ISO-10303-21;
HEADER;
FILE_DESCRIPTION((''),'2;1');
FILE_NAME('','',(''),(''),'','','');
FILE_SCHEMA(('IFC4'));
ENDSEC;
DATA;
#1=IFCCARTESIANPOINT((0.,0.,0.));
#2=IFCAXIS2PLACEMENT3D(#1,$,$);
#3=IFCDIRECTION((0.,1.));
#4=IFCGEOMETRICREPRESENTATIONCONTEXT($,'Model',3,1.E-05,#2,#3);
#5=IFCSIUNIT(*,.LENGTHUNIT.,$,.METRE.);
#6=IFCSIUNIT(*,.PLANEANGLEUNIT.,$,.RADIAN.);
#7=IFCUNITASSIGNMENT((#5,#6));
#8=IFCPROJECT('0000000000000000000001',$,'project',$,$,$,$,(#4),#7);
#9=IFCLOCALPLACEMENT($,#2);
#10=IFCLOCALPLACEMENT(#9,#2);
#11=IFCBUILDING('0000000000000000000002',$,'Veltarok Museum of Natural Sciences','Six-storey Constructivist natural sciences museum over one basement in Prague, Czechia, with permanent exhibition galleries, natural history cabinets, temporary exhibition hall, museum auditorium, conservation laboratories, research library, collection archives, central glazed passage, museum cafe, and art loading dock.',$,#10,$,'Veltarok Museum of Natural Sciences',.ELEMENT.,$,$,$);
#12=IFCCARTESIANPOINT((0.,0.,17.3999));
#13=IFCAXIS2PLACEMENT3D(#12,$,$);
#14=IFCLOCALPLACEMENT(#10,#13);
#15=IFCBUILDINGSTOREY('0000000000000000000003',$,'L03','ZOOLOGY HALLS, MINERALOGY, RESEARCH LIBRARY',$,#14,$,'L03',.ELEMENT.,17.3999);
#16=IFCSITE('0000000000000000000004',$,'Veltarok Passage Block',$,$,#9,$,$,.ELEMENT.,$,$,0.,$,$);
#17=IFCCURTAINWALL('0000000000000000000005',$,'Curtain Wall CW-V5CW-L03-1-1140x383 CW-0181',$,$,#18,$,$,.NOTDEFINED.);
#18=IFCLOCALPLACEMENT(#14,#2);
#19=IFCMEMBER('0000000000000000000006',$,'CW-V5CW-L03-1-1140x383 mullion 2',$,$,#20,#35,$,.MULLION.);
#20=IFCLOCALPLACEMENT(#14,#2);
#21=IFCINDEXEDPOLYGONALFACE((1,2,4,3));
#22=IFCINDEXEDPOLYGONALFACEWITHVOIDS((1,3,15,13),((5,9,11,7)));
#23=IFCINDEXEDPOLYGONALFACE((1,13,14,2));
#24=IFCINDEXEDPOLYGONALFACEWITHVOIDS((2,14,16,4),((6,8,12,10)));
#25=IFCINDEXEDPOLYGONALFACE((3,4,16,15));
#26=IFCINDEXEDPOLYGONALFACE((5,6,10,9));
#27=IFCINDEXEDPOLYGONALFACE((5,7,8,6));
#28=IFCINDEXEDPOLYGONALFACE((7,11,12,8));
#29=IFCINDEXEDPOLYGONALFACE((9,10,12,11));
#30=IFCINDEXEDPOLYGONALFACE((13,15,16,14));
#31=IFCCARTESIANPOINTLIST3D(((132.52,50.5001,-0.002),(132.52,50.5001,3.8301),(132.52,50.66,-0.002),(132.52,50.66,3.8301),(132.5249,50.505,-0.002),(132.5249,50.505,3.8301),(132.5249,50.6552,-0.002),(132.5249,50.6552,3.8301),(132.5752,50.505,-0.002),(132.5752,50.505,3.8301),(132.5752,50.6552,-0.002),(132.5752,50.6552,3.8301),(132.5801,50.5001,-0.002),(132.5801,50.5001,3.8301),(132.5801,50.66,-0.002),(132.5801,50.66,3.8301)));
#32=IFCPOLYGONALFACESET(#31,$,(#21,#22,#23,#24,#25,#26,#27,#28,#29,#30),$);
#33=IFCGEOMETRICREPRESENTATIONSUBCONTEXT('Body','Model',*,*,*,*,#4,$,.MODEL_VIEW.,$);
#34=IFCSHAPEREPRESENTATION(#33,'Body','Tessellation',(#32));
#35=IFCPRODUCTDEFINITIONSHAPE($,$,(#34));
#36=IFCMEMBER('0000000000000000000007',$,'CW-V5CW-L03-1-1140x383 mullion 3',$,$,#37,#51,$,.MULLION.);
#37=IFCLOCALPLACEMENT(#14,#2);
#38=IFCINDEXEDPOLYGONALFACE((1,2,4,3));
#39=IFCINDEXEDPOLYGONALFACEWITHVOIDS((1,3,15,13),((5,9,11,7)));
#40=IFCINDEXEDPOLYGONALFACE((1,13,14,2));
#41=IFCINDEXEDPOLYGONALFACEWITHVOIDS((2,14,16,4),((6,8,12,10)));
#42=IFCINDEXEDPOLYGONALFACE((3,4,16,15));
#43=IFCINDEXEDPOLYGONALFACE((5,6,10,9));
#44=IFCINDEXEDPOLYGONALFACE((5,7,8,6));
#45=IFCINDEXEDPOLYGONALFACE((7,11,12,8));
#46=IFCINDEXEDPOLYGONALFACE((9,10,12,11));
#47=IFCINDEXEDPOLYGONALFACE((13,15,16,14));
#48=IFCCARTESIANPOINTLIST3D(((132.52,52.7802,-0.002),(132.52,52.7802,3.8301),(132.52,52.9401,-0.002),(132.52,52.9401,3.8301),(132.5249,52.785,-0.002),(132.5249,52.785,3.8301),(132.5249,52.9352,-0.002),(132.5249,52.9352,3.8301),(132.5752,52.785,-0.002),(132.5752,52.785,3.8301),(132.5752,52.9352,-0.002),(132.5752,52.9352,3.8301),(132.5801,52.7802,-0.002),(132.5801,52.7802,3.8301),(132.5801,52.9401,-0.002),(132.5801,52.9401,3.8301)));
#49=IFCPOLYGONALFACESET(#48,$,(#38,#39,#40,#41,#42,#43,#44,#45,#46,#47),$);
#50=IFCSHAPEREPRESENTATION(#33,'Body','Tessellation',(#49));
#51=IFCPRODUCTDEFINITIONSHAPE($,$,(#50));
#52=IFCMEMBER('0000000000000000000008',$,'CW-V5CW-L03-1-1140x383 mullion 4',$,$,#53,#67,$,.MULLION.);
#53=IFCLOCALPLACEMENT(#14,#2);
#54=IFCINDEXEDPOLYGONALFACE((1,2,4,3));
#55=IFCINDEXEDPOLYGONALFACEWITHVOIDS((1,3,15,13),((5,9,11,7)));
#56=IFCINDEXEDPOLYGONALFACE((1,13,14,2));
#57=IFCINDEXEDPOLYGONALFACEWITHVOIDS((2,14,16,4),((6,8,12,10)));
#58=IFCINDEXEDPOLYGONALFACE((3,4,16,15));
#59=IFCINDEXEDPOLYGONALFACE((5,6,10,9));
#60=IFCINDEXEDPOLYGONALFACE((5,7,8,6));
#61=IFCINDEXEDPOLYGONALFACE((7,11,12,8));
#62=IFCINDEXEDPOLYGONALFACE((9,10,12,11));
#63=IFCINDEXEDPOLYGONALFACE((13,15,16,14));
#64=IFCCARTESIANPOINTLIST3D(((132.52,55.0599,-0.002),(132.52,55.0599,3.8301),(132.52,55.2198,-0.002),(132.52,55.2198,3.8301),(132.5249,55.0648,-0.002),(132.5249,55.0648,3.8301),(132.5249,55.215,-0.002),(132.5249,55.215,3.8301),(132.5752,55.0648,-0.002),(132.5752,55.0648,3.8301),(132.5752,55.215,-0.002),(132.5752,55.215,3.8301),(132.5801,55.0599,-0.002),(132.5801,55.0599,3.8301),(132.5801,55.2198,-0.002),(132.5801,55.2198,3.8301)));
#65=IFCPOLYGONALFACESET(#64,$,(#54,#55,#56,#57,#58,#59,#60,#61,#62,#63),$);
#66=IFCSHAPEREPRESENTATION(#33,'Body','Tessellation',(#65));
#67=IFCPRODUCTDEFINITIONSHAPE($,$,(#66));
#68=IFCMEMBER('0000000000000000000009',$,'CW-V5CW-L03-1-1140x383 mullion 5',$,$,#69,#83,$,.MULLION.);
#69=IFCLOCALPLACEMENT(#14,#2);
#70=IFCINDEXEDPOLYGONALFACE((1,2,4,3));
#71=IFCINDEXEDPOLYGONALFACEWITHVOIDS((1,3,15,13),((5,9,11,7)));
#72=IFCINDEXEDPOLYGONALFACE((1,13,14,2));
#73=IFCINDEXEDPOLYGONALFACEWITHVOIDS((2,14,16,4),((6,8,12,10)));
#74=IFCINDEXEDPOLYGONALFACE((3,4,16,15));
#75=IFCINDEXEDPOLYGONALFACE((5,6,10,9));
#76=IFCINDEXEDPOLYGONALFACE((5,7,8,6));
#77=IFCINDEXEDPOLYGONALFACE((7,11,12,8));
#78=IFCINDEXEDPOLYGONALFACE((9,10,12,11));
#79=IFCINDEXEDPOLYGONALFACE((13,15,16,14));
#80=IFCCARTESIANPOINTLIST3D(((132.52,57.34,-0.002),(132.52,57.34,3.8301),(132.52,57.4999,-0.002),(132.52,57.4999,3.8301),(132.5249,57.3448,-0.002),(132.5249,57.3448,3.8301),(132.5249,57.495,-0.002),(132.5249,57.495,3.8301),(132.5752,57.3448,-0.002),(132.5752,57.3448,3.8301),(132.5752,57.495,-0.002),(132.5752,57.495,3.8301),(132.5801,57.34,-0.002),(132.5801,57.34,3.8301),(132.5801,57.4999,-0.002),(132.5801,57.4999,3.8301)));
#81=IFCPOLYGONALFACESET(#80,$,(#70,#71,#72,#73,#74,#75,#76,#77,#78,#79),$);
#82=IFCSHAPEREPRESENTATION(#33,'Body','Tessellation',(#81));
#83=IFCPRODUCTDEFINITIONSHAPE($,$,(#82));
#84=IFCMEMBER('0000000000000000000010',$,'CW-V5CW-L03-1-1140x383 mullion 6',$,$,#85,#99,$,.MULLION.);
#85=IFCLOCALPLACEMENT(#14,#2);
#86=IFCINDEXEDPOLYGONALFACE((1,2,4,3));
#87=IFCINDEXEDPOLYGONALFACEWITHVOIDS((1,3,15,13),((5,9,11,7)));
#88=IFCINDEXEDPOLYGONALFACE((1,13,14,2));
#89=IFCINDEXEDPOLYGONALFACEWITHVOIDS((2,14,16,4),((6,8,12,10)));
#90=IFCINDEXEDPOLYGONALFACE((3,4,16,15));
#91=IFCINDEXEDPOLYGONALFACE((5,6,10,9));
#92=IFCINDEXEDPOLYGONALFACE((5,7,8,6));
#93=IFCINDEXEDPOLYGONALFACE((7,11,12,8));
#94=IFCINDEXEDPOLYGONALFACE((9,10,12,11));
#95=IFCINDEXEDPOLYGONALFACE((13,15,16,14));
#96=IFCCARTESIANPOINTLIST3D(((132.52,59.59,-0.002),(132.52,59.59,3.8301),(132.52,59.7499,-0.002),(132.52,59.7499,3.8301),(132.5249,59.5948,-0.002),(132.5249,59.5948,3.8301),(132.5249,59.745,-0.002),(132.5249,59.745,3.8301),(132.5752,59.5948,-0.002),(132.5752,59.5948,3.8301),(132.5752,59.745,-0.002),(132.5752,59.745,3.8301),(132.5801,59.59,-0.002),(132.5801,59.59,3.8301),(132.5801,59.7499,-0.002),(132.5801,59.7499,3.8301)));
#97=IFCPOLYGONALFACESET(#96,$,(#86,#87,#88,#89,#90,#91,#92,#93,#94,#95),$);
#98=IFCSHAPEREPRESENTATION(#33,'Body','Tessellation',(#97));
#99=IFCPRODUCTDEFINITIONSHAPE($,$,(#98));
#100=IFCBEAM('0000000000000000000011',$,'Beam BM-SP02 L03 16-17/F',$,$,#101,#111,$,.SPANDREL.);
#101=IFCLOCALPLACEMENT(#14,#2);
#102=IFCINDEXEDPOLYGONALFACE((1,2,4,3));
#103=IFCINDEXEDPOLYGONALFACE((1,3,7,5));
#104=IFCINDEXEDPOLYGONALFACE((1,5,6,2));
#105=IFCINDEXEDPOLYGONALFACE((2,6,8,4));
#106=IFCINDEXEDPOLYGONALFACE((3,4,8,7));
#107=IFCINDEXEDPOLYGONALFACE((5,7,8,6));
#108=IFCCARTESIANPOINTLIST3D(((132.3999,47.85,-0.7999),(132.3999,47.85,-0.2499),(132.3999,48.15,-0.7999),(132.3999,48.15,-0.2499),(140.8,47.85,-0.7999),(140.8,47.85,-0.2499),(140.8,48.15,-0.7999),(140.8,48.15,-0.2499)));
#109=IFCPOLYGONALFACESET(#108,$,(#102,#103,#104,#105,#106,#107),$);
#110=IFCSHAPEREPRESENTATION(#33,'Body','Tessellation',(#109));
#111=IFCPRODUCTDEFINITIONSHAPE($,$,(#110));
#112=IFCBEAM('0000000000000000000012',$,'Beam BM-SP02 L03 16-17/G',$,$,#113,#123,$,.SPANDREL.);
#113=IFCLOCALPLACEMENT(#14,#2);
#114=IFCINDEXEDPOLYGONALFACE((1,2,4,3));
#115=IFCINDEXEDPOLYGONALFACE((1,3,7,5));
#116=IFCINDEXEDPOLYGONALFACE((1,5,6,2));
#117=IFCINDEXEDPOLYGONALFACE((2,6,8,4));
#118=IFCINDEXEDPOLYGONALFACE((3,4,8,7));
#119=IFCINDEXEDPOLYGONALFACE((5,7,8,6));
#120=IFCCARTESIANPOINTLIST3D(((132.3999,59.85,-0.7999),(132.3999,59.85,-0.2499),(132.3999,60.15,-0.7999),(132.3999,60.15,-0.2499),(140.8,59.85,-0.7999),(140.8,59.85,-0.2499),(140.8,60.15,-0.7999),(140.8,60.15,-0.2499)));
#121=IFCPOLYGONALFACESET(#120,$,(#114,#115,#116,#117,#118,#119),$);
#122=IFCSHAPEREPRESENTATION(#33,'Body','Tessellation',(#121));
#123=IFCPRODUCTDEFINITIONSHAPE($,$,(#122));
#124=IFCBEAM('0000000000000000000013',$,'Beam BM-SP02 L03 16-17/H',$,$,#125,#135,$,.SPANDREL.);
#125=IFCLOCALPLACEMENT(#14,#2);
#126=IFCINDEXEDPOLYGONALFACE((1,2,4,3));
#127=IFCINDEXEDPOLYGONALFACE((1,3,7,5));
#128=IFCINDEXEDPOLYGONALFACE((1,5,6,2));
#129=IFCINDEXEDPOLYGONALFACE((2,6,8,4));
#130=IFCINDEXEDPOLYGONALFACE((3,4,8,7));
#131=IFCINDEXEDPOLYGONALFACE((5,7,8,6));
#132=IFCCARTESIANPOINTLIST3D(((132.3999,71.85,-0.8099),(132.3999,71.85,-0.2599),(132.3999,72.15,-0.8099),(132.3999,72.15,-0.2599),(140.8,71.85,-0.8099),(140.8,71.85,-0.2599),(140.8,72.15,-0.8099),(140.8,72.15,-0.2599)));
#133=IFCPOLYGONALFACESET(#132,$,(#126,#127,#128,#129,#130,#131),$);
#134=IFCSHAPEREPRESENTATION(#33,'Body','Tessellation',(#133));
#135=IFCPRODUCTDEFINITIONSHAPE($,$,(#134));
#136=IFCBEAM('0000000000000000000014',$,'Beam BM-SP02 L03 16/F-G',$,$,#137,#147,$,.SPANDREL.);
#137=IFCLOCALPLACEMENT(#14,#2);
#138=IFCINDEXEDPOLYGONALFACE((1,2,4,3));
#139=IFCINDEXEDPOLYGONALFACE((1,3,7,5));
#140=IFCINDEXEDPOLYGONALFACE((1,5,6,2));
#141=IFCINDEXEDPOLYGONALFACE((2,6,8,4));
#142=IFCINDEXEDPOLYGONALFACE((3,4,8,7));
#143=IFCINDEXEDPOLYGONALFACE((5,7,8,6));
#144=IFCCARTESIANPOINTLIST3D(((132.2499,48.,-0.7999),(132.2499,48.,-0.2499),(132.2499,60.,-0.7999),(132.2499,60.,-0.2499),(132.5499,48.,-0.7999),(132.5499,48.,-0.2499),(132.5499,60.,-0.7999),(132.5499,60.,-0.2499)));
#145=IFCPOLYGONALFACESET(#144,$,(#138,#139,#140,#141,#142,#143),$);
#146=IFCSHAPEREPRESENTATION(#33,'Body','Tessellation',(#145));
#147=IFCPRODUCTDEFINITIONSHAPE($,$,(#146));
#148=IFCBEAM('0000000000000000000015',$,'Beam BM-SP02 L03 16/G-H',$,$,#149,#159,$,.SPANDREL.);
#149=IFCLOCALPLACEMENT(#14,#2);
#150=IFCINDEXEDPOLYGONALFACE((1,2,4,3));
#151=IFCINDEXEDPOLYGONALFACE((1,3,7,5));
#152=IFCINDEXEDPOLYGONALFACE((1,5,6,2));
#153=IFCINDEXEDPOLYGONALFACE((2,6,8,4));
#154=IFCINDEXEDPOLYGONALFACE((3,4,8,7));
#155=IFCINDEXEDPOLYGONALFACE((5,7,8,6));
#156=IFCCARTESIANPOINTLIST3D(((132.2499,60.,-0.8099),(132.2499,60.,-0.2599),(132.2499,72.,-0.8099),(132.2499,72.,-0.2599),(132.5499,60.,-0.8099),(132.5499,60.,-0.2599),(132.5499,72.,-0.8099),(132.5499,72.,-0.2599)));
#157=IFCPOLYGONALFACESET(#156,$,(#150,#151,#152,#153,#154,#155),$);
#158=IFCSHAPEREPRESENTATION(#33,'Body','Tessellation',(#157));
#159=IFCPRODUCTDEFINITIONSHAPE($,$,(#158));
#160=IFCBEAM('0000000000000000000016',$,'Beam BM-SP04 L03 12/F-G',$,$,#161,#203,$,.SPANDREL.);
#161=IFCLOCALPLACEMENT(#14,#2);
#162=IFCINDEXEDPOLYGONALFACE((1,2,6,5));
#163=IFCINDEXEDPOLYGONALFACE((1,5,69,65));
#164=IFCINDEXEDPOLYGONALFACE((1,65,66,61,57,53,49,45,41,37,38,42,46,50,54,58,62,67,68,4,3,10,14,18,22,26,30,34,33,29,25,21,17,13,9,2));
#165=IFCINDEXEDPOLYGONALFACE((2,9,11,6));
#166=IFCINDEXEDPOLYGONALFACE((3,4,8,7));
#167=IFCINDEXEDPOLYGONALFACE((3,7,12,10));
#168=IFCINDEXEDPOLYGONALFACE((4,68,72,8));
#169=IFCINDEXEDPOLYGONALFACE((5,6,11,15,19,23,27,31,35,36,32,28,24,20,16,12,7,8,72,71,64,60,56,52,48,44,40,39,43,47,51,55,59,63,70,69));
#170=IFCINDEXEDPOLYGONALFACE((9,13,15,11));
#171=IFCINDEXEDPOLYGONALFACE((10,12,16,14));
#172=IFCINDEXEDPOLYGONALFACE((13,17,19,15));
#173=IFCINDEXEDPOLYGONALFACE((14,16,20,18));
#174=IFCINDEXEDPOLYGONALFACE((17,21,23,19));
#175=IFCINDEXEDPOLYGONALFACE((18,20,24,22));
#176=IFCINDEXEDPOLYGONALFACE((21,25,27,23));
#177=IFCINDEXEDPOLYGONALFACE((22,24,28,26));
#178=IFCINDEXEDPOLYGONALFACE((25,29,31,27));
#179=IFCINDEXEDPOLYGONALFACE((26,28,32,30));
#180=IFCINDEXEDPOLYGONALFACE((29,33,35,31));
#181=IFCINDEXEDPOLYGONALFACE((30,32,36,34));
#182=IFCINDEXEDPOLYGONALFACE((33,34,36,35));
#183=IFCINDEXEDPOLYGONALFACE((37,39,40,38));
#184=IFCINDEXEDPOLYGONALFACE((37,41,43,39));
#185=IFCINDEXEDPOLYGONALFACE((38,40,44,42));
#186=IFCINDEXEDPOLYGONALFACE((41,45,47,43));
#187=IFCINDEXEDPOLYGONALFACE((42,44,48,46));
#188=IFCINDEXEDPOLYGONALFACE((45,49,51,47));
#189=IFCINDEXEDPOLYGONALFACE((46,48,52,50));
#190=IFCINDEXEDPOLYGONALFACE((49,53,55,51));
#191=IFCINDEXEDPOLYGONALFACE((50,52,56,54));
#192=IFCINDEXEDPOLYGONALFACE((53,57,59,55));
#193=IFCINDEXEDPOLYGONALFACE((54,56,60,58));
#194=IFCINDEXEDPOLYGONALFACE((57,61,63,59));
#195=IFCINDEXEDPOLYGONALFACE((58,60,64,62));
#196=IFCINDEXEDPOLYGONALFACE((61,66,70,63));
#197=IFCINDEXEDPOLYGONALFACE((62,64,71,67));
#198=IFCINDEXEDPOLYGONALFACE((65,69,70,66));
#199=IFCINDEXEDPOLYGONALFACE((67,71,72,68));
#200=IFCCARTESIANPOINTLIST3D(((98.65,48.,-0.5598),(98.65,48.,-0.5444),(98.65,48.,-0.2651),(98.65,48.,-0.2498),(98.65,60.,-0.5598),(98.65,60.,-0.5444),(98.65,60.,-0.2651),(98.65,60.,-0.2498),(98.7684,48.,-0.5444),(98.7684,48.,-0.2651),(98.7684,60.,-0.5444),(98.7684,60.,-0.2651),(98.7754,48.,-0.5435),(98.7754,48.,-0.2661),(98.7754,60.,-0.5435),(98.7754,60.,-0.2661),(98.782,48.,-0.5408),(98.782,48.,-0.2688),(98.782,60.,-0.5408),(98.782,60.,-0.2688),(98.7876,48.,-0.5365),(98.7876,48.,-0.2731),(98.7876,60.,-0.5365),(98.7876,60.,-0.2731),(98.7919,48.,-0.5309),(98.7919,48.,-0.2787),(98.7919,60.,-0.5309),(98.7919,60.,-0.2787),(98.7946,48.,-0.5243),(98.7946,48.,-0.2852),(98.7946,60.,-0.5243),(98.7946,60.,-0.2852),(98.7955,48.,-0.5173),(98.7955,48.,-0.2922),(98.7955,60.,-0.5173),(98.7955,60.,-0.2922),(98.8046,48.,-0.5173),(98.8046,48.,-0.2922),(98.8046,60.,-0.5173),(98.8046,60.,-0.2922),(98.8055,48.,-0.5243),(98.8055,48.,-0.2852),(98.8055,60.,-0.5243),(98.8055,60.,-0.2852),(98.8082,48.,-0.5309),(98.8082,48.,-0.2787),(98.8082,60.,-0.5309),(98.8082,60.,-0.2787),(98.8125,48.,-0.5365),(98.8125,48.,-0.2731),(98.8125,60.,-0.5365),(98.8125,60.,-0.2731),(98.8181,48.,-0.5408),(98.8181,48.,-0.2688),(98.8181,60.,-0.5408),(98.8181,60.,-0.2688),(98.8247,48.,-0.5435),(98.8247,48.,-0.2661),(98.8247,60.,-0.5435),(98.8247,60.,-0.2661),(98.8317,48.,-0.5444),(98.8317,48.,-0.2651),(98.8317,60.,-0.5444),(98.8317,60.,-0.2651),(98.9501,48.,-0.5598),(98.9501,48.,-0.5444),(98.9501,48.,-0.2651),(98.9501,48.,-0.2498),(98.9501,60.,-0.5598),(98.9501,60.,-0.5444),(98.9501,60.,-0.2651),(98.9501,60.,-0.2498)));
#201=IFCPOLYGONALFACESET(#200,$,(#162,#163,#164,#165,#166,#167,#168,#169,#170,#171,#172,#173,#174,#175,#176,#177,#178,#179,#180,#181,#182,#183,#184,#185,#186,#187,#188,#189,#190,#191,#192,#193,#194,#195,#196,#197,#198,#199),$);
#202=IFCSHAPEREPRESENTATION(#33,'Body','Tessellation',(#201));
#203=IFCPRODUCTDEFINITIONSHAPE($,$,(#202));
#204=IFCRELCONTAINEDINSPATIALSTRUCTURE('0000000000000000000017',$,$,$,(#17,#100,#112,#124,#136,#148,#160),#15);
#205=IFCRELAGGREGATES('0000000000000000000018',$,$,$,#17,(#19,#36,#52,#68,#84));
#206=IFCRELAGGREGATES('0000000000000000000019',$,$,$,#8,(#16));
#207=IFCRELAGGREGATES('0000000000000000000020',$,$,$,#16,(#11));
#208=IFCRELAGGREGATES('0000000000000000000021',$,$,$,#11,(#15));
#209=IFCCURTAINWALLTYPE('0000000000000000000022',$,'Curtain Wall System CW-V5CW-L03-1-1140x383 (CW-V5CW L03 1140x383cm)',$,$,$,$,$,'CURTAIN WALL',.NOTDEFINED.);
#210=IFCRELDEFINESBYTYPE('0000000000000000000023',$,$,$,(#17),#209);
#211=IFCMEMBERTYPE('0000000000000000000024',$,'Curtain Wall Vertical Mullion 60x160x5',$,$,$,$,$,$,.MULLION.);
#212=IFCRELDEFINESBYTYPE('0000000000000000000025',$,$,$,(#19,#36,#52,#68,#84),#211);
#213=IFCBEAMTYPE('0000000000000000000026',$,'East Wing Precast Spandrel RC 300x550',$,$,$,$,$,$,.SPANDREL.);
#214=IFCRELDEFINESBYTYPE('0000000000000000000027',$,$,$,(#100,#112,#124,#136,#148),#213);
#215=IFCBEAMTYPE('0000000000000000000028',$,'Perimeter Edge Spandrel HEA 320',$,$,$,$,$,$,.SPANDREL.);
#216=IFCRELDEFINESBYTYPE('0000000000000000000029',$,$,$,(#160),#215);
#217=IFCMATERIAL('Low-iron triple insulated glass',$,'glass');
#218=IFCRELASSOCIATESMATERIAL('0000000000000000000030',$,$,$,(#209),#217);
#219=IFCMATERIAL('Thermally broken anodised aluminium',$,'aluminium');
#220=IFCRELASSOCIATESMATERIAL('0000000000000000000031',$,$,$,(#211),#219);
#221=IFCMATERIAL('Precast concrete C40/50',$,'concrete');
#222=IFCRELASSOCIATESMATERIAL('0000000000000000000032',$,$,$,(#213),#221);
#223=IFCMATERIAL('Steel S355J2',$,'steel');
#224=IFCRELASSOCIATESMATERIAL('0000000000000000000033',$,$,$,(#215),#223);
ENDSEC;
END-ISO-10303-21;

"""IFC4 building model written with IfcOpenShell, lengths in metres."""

from ifc_helpers import new_model, si_unit, direction, frame, origin, origin_2d, place, context, subcontext, project, spatial, rectangle, hollow_rectangle, i_section, extrude, material, material_profile, profile_set, type_object, element, aggregate, save


model = new_model("IFC4")

# Units and contexts
model_context = context("Model", 3, precision=1e-05, world=origin(), true_north=direction((0.0, 1.0)))
body_context = subcontext(model_context, "Body", "Model", "MODEL_VIEW")
ifc_project = project(units=[si_unit("LENGTHUNIT", "METRE"), si_unit("PLANEANGLEUNIT", "RADIAN")], contexts=[model_context])

# Site, building, storey
site_placement = place(None, origin())
site = spatial("IfcSite", under=ifc_project, at=site_placement, Name="Veltarok Passage Block", CompositionType="ELEMENT", RefElevation=0.0)
building_placement = place(site_placement, origin())
building = spatial("IfcBuilding", under=site, at=building_placement, Name="Veltarok Museum of Natural Sciences", Description="Six-storey Constructivist natural sciences museum over one basement in Prague, Czechia, with permanent exhibition galleries, natural history cabinets, temporary exhibition hall, museum auditorium, conservation laboratories, research library, collection archives, central glazed passage, museum cafe, and art loading dock.", LongName="Veltarok Museum of Natural Sciences", CompositionType="ELEMENT")
storey_placement = place(building_placement, frame((0.0, 0.0, 17.3999)))
storey = spatial("IfcBuildingStorey", under=building, at=storey_placement, Name="L03", Description="ZOOLOGY HALLS, MINERALOGY, RESEARCH LIBRARY", LongName="L03", CompositionType="ELEMENT", Elevation=17.3999)

# Shared definitions
ifc_material_1 = material(Name="Steel S355J2", Category="steel")

# Shared definitions
ifc_material_2 = material(Name="Low-iron triple insulated glass", Category="glass")
ifc_material_3 = material(Name="Thermally broken anodised aluminium", Category="aluminium")

# Curtain wall
curtain_wall_type_1 = type_object("IfcCurtainWallType", Name="Curtain Wall System CW-V5CW-L03-1-1140x383 (CW-V5CW L03 1140x383cm)", ElementType="CURTAIN WALL", PredefinedType="NOTDEFINED", material=ifc_material_2)
curtain_wall_1_placement = place(storey_placement, origin())
curtain_wall_1 = element("IfcCurtainWall", 1, at=curtain_wall_1_placement, inside=storey, type_object=curtain_wall_type_1, Name="Curtain Wall CW-V5CW-L03-1-1140x383 CW-0181", PredefinedType="NOTDEFINED")

# Members
ifc_material_profile_1 = material_profile(ifc_material_3, hollow_rectangle(XDim=0.0601, YDim=0.1599, WallThickness=0.0049, at=origin_2d()), Name="CW MULLION 60x160x5")
ifc_profile_set_1 = profile_set([ifc_material_profile_1], Name="Thermally broken anodised aluminium")
member_type_1 = type_object("IfcMemberType", Name="Curtain Wall Vertical Mullion 60x160x5", PredefinedType="MULLION", material=ifc_profile_set_1)
member_1_placement = place(storey_placement, frame((132.55, 50.5801, -0.002), z_axis=(0.0, 0.0, 1.0), x_axis=(-1.0, 0.0, 0.0)))
member_1 = element("IfcMember", 2, at=member_1_placement, type_object=member_type_1, Name="CW-V5CW-L03-1-1140x383 mullion 2", PredefinedType="MULLION", context=body_context, shape_type="SweptSolid", body=[
    extrude(hollow_rectangle(XDim=0.0601, YDim=0.1599, WallThickness=0.0049, at=origin_2d()), origin(), (0.0, 0.0, 1.0), 3.832),
])
member_2_placement = place(storey_placement, frame((132.55, 52.8601, -0.002), z_axis=(0.0, 0.0, 1.0), x_axis=(-1.0, 0.0, 0.0)))
member_2 = element("IfcMember", 3, at=member_2_placement, type_object=member_type_1, Name="CW-V5CW-L03-1-1140x383 mullion 3", PredefinedType="MULLION", context=body_context, shape_type="SweptSolid", body=[
    extrude(hollow_rectangle(XDim=0.0601, YDim=0.1599, WallThickness=0.0049, at=origin_2d()), origin(), (0.0, 0.0, 1.0), 3.832),
])
member_3_placement = place(storey_placement, frame((132.55, 55.1399, -0.002), z_axis=(0.0, 0.0, 1.0), x_axis=(-1.0, 0.0, 0.0)))
member_3 = element("IfcMember", 4, at=member_3_placement, type_object=member_type_1, Name="CW-V5CW-L03-1-1140x383 mullion 4", PredefinedType="MULLION", context=body_context, shape_type="SweptSolid", body=[
    extrude(hollow_rectangle(XDim=0.0601, YDim=0.1599, WallThickness=0.0049, at=origin_2d()), origin(), (0.0, 0.0, 1.0), 3.832),
])
member_4_placement = place(storey_placement, frame((132.55, 57.4199, -0.002), z_axis=(0.0, 0.0, 1.0), x_axis=(-1.0, 0.0, 0.0)))
member_4 = element("IfcMember", 5, at=member_4_placement, type_object=member_type_1, Name="CW-V5CW-L03-1-1140x383 mullion 5", PredefinedType="MULLION", context=body_context, shape_type="SweptSolid", body=[
    extrude(hollow_rectangle(XDim=0.0601, YDim=0.1599, WallThickness=0.0049, at=origin_2d()), origin(), (0.0, 0.0, 1.0), 3.832),
])
member_5_placement = place(storey_placement, frame((132.55, 59.6699, -0.002), z_axis=(0.0, 0.0, 1.0), x_axis=(-1.0, 0.0, 0.0)))
member_5 = element("IfcMember", 6, at=member_5_placement, type_object=member_type_1, Name="CW-V5CW-L03-1-1140x383 mullion 6", PredefinedType="MULLION", context=body_context, shape_type="SweptSolid", body=[
    extrude(hollow_rectangle(XDim=0.0601, YDim=0.1599, WallThickness=0.0049, at=origin_2d()), origin(), (0.0, 0.0, 1.0), 3.832),
])
aggregate(curtain_wall_1, [member_1, member_2, member_3, member_4, member_5])

# Beams
ifc_material_4 = material(Name="Precast concrete C40/50", Category="concrete")
ifc_material_profile_2 = material_profile(ifc_material_4, rectangle(XDim=0.3, YDim=0.55, at=origin_2d()), Name="RC 300x550")
ifc_profile_set_2 = profile_set([ifc_material_profile_2], Name="Precast concrete C40/50")
beam_type_1 = type_object("IfcBeamType", Name="East Wing Precast Spandrel RC 300x550", PredefinedType="SPANDREL", material=ifc_profile_set_2)
for number, where, z_axis, x_axis, name in (
    (7, (132.3999, 48.0, -0.5249), (1.0, 0.0, 0.0), (0.0, 1.0, 0.0), "Beam BM-SP02 L03 16-17/F"),
    (8, (132.3999, 60.0, -0.5249), (1.0, 0.0, 0.0), (0.0, 1.0, 0.0), "Beam BM-SP02 L03 16-17/G"),
    (9, (132.3999, 72.0, -0.5349), (1.0, 0.0, 0.0), (0.0, 1.0, 0.0), "Beam BM-SP02 L03 16-17/H"),
):
    element("IfcBeam", number, at=place(storey_placement, frame(where, z_axis=z_axis, x_axis=x_axis)), inside=storey, type_object=beam_type_1, Name=name, PredefinedType="SPANDREL", context=body_context, shape_type="SweptSolid", body=[
        extrude(rectangle(XDim=0.3, YDim=0.55, at=origin_2d()), origin(), (0.0, 0.0, 1.0), 8.4001),
    ])
for number, where, z_axis, x_axis, name in (
    (10, (132.3999, 48.0, -0.5249), (0.0, 1.0, 0.0), (-1.0, 0.0, 0.0), "Beam BM-SP02 L03 16/F-G"),
    (11, (132.3999, 60.0, -0.5349), (0.0, 1.0, 0.0), (-1.0, 0.0, 0.0), "Beam BM-SP02 L03 16/G-H"),
):
    element("IfcBeam", number, at=place(storey_placement, frame(where, z_axis=z_axis, x_axis=x_axis)), inside=storey, type_object=beam_type_1, Name=name, PredefinedType="SPANDREL", context=body_context, shape_type="SweptSolid", body=[
        extrude(rectangle(XDim=0.3, YDim=0.55, at=origin_2d()), origin(), (0.0, 0.0, 1.0), 12.0),
    ])
ifc_material_profile_3 = material_profile(ifc_material_1, i_section(OverallWidth=0.3, OverallDepth=0.3101, WebThickness=0.009, FlangeThickness=0.0154, FilletRadius=0.0271, at=origin_2d()), Name="HEA 320")
ifc_profile_set_3 = profile_set([ifc_material_profile_3], Name="Steel S355J2")
beam_type_2 = type_object("IfcBeamType", Name="Perimeter Edge Spandrel HEA 320", PredefinedType="SPANDREL", material=ifc_profile_set_3)
for number, where, z_axis, x_axis, name in (
    (12, (98.8, 48.0, -0.4048), (0.0, 1.0, 0.0), (-1.0, 0.0, 0.0), "Beam BM-SP04 L03 12/F-G"),
):
    element("IfcBeam", number, at=place(storey_placement, frame(where, z_axis=z_axis, x_axis=x_axis)), inside=storey, type_object=beam_type_2, Name=name, PredefinedType="SPANDREL", context=body_context, shape_type="SweptSolid", body=[
        extrude(i_section(OverallWidth=0.3, OverallDepth=0.3101, WebThickness=0.009, FlangeThickness=0.0154, FilletRadius=0.0271, at=origin_2d()), origin(), (0.0, 0.0, 1.0), 12.0),
    ])

save(model, "model.ifc")
